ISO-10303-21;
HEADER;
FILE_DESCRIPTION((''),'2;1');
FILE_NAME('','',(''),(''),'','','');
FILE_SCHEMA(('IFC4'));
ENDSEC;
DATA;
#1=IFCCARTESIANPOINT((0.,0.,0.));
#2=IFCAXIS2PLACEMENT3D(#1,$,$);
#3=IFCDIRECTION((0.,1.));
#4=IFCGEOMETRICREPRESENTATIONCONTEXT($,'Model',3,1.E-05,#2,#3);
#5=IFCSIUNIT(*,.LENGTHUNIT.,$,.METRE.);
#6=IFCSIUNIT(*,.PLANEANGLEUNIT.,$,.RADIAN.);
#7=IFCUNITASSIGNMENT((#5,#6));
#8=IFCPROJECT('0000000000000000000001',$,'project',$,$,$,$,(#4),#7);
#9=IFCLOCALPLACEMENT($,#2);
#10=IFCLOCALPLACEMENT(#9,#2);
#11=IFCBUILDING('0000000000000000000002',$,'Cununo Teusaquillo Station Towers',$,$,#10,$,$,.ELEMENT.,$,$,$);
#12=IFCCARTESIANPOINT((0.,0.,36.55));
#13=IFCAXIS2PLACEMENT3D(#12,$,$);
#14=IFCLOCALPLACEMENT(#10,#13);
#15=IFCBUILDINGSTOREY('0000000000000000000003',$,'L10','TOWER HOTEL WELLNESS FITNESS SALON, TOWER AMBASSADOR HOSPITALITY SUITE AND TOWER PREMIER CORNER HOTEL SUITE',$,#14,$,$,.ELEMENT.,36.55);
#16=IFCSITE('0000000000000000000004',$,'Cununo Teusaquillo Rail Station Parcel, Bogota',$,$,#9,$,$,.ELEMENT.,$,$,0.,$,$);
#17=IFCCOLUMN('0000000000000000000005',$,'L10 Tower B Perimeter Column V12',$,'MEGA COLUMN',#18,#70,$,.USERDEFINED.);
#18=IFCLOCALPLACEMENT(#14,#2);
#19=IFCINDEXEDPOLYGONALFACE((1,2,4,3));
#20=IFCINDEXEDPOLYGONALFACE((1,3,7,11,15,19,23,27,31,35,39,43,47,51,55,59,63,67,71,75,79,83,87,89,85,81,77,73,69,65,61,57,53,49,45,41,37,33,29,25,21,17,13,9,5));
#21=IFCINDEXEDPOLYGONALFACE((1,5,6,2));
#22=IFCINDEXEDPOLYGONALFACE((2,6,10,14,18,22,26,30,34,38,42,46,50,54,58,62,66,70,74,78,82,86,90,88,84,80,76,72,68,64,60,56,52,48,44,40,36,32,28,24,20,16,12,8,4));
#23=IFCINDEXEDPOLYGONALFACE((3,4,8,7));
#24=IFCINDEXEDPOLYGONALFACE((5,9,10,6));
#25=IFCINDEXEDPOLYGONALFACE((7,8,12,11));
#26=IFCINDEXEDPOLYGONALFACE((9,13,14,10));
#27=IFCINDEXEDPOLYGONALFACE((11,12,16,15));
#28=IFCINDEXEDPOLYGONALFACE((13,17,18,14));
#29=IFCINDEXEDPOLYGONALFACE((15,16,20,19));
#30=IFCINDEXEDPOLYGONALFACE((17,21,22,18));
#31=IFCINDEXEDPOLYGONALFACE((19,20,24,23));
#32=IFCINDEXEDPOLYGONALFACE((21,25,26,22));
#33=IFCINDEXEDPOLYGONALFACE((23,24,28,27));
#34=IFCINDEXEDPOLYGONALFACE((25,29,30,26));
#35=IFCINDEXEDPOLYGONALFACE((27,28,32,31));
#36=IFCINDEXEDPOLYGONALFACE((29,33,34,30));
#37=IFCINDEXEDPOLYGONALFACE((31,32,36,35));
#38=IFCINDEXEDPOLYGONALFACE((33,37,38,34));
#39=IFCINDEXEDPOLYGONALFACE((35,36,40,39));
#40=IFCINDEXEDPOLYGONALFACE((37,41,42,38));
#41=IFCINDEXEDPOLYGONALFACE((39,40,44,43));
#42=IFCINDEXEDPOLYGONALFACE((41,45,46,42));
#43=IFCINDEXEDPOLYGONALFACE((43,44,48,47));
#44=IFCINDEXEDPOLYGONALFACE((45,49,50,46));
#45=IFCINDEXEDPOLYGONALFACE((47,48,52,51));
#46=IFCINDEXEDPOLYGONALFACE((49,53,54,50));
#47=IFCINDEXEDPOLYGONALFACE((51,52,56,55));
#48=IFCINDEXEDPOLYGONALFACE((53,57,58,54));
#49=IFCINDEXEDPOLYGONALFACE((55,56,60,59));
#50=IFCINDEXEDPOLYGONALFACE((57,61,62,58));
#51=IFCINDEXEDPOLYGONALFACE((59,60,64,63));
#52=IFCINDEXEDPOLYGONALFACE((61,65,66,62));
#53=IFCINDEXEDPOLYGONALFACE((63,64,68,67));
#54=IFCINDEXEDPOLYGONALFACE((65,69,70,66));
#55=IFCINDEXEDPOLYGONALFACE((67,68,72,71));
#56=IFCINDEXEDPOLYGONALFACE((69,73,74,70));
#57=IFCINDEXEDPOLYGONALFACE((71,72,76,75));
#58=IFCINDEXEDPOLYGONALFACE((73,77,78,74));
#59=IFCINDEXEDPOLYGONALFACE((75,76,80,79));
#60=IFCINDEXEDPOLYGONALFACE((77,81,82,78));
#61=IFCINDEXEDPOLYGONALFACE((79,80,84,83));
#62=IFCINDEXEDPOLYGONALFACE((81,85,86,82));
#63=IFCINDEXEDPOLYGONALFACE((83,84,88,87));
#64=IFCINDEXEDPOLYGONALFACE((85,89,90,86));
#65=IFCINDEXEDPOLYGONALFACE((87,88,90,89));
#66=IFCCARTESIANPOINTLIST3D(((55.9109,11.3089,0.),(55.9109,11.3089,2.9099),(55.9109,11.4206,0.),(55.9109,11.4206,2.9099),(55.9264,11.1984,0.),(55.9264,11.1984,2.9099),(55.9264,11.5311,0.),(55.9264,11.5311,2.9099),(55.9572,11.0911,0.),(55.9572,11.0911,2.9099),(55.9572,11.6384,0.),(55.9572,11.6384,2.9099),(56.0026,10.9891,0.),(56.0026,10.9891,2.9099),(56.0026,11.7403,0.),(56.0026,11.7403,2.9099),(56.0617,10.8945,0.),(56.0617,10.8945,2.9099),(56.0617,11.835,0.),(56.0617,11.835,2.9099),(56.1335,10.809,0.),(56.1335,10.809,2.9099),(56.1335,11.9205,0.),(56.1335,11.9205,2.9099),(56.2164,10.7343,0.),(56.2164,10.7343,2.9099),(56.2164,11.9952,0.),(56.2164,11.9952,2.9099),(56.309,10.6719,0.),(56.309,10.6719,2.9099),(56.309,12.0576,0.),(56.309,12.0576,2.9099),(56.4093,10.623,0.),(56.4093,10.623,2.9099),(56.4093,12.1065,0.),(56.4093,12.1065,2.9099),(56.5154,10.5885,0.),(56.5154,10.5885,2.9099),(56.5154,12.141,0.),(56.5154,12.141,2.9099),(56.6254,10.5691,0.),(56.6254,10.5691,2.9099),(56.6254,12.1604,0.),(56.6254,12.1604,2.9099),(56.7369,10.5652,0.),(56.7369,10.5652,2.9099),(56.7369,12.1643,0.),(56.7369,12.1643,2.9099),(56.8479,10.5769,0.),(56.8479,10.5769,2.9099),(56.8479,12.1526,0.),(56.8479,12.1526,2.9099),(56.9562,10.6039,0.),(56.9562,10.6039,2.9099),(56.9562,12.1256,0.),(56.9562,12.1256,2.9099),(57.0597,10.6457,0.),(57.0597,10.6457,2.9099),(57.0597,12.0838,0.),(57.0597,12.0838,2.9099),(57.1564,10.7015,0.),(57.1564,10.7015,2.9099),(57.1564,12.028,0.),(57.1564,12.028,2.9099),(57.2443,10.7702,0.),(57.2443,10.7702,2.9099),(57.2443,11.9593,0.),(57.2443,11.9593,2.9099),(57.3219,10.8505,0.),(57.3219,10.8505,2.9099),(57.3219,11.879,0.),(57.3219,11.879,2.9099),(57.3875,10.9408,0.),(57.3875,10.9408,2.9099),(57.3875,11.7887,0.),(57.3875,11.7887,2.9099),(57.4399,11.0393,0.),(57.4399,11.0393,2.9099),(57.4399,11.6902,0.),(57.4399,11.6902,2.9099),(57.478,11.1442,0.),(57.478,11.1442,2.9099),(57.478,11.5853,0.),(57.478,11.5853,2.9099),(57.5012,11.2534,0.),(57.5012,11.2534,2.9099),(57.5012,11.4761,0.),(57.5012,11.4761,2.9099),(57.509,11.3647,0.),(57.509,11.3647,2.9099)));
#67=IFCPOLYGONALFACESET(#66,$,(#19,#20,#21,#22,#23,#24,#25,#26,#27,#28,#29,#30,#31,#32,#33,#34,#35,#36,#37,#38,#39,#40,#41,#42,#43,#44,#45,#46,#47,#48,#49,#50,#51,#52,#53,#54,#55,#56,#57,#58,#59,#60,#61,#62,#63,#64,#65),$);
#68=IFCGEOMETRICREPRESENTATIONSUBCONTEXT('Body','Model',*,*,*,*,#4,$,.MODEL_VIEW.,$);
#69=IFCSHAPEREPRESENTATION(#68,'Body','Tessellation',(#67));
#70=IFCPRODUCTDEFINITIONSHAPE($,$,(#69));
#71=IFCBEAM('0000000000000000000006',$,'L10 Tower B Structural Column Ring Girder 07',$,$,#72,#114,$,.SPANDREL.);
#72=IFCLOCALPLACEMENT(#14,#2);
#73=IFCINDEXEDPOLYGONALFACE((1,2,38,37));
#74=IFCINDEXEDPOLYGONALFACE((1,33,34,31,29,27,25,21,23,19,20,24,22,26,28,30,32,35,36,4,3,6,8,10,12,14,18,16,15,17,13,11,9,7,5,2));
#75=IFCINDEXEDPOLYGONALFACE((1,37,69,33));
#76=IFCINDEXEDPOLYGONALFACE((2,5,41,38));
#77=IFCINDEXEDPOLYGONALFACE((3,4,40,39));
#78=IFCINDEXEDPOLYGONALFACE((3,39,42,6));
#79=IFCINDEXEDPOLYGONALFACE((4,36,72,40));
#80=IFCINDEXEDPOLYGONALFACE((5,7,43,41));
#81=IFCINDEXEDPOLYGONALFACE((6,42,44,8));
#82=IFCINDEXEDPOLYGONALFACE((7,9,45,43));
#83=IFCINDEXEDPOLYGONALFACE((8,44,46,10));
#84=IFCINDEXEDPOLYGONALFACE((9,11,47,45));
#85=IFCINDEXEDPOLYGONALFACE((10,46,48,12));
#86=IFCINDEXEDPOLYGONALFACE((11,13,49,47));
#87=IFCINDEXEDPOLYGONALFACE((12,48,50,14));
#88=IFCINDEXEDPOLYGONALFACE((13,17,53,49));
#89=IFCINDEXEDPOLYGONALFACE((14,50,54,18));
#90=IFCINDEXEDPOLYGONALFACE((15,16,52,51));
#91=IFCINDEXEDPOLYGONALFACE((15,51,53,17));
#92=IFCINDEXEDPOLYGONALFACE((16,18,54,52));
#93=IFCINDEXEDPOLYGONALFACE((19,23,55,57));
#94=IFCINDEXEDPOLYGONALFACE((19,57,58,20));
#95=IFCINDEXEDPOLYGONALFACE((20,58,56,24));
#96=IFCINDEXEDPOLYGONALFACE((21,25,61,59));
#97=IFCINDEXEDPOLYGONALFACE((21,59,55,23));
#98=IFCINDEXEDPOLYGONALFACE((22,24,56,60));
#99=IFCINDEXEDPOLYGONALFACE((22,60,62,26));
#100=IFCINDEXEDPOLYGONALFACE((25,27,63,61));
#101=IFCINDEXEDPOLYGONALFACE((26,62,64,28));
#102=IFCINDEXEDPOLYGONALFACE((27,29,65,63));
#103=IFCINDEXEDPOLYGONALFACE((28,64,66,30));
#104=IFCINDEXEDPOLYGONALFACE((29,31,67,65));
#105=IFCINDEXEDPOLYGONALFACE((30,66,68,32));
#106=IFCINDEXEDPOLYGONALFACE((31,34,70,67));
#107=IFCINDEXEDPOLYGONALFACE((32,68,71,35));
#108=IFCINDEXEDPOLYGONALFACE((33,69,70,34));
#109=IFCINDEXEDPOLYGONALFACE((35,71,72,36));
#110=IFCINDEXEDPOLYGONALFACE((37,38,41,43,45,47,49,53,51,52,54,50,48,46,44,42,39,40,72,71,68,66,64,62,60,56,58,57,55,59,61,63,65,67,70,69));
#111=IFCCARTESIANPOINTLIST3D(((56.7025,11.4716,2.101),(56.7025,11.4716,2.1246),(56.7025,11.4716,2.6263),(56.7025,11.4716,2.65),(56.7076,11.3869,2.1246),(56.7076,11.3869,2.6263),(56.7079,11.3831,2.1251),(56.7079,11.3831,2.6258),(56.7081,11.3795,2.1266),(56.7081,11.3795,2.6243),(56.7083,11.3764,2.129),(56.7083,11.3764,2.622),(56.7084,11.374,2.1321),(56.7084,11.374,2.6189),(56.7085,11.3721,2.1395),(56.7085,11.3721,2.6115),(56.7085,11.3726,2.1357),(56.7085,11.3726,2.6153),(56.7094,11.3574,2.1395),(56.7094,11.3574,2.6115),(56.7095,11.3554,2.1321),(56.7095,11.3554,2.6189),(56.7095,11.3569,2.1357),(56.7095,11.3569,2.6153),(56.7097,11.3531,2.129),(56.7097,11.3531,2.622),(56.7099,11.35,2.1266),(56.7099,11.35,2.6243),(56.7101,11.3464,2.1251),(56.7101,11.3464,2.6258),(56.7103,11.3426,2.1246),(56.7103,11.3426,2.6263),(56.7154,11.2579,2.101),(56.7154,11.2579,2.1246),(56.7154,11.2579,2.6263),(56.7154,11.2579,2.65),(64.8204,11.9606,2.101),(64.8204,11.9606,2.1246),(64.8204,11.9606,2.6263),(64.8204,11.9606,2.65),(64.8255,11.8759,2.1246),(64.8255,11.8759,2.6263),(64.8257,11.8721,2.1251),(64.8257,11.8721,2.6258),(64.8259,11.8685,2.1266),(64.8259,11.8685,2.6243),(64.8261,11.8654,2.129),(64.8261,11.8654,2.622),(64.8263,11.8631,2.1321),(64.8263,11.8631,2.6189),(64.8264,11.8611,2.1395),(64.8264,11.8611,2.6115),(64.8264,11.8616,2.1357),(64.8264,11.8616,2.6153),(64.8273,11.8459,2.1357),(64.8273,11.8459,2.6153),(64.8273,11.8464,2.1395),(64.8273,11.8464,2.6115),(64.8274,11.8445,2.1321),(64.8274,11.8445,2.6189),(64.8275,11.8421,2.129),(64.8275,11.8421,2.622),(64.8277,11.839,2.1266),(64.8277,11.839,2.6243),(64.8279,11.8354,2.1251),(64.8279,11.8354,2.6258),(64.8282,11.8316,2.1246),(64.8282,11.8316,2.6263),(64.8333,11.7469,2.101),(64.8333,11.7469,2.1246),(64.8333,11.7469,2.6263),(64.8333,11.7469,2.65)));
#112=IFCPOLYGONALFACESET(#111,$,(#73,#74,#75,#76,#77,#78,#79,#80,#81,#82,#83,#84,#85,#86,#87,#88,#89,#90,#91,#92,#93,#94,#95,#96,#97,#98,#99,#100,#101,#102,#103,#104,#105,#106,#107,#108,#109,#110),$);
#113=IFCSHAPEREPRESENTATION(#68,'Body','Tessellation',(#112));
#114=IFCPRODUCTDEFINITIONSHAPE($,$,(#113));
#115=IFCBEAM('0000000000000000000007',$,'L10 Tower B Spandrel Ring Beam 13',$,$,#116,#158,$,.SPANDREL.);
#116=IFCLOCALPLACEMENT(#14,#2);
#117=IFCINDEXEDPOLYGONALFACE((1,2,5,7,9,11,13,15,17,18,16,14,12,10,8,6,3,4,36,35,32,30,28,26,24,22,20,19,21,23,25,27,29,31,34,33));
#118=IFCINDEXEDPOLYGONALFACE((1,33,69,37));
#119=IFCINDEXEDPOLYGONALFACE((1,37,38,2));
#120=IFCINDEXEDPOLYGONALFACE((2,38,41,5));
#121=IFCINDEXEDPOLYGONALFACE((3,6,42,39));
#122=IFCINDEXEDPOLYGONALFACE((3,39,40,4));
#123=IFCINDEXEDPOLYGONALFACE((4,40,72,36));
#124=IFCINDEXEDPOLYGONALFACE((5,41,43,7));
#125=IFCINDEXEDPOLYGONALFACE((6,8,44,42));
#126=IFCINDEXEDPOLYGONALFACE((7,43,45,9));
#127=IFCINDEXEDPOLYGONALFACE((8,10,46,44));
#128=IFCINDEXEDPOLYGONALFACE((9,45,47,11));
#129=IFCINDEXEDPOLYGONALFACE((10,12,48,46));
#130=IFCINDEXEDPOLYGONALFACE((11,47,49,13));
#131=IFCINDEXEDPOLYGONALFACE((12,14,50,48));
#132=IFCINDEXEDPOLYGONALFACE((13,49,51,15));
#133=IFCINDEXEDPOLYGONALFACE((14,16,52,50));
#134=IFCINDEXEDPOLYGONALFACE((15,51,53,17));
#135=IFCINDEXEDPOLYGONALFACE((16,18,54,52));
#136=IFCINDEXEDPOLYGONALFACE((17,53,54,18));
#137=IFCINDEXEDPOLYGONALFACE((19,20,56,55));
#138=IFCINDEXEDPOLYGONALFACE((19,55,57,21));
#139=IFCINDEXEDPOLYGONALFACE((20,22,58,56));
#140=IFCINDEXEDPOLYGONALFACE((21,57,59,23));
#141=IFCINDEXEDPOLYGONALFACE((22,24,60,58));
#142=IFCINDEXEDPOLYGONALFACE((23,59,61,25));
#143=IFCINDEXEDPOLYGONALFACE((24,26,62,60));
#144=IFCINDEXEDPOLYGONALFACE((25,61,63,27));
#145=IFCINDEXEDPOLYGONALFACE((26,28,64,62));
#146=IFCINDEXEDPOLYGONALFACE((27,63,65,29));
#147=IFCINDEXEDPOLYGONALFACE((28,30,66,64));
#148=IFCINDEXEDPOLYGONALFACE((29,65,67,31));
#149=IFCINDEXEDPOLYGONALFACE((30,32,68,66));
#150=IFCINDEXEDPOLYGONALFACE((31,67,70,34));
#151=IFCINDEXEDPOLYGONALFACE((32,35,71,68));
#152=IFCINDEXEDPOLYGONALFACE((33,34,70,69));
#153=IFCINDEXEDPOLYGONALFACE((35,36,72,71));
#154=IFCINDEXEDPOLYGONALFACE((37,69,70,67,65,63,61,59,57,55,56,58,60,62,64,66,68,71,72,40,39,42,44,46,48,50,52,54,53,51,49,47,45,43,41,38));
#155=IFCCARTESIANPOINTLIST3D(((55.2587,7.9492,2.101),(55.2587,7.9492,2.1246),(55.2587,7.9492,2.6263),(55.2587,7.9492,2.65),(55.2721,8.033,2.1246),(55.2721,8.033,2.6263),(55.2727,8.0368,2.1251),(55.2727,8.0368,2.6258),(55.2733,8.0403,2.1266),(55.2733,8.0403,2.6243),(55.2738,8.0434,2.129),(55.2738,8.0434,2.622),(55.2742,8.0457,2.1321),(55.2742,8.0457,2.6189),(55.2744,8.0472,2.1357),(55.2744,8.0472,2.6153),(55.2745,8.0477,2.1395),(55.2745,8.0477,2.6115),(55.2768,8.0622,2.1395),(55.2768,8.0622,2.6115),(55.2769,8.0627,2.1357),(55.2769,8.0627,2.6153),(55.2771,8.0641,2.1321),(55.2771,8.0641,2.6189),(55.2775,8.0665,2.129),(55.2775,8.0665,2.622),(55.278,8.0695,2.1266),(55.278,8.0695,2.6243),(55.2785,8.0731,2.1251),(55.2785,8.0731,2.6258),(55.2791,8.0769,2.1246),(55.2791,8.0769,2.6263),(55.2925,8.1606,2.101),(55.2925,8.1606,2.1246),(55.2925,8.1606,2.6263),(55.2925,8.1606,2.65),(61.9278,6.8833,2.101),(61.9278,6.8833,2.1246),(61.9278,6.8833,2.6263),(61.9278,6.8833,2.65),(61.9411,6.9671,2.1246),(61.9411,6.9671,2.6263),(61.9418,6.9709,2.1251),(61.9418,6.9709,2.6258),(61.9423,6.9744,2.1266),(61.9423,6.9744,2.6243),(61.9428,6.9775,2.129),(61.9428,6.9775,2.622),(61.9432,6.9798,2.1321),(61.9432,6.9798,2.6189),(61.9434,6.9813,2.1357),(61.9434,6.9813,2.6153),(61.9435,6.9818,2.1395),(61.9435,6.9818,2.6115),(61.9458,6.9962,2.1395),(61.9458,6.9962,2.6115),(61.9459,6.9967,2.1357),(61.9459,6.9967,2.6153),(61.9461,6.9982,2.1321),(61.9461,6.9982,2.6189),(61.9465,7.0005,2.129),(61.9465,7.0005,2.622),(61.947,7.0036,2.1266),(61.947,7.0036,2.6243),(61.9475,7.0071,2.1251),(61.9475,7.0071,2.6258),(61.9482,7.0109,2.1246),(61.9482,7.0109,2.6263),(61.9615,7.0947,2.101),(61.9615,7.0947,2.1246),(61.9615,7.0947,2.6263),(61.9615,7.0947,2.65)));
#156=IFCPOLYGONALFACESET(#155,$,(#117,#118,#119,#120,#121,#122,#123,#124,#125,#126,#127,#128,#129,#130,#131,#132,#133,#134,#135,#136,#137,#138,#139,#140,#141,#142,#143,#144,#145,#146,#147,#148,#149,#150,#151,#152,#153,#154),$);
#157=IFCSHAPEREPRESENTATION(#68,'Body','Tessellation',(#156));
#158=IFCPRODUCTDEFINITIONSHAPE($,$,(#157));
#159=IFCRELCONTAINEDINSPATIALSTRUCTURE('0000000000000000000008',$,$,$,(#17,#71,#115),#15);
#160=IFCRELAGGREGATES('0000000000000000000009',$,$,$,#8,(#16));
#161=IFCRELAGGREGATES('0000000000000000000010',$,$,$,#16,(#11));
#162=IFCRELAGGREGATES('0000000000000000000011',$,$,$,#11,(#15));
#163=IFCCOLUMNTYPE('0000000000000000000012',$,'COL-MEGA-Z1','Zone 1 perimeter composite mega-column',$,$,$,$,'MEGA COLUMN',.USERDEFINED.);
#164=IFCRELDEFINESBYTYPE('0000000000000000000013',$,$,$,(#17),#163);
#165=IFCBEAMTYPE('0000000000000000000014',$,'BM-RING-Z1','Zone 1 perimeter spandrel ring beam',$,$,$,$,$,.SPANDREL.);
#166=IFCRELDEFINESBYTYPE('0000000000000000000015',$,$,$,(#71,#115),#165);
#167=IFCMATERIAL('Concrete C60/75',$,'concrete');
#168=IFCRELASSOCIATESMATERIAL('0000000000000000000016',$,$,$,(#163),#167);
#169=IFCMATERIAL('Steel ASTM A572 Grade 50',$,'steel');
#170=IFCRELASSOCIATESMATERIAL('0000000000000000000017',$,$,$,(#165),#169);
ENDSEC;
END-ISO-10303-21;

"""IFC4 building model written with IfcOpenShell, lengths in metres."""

from ifc_helpers import new_model, si_unit, direction, frame, origin, origin_2d, place, context, subcontext, project, spatial, circle, i_section, extrude, material, material_profile, profile_set, type_object, element, save


model = new_model("IFC4")

# Units and contexts
model_context = context("Model", 3, precision=1e-05, world=origin(), true_north=direction((0.0, 1.0)))
body_context = subcontext(model_context, "Body", "Model", "MODEL_VIEW")
ifc_project = project(units=[si_unit("LENGTHUNIT", "METRE"), si_unit("PLANEANGLEUNIT", "RADIAN")], contexts=[model_context])

# Site, building, storey
site_placement = place(None, origin())
site = spatial("IfcSite", under=ifc_project, at=site_placement, Name="Cununo Teusaquillo Rail Station Parcel, Bogota", CompositionType="ELEMENT", RefElevation=0.0)
building_placement = place(site_placement, origin())
building = spatial("IfcBuilding", under=site, at=building_placement, Name="Cununo Teusaquillo Station Towers", CompositionType="ELEMENT")
storey_placement = place(building_placement, frame((0.0, 0.0, 36.55)))
storey = spatial("IfcBuildingStorey", under=building, at=storey_placement, Name="L10", Description="TOWER HOTEL WELLNESS FITNESS SALON, TOWER AMBASSADOR HOSPITALITY SUITE AND TOWER PREMIER CORNER HOTEL SUITE", CompositionType="ELEMENT", Elevation=36.55)

# Column
ifc_material_1 = material(Name="Concrete C60/75", Category="concrete")
ifc_material_profile_1 = material_profile(ifc_material_1, circle(Radius=0.8, at=origin_2d()), Name="RC-CIRC-1600")
ifc_profile_set_1 = profile_set([ifc_material_profile_1], Name="Concrete C60/75")
column_type = type_object("IfcColumnType", Name="COL-MEGA-Z1", Description="Zone 1 perimeter composite mega-column", ElementType="MEGA COLUMN", PredefinedType="USERDEFINED", material=ifc_profile_set_1)
column_placement = place(storey_placement, frame((56.709, 11.3647, 0.0), z_axis=(0.0, 0.0, 1.0), x_axis=(1.0, 0.0, 0.0)))
element("IfcColumn", 1, at=column_placement, inside=storey, type_object=column_type, Name="L10 Tower B Perimeter Column V12", ObjectType="MEGA COLUMN", PredefinedType="USERDEFINED", context=body_context, shape_type="SweptSolid", body=[
    extrude(circle(Radius=0.8, at=origin_2d()), origin(), (0.0, 0.0, 1.0), 2.9099),
])

# Beams
ifc_material_2 = material(Name="Steel ASTM A572 Grade 50", Category="steel")
ifc_material_profile_2 = material_profile(ifc_material_2, i_section(OverallWidth=0.2141, OverallDepth=0.5491, WebThickness=0.0146, FlangeThickness=0.0237, FilletRadius=0.0149, at=origin_2d()), Name="W21X93")
ifc_profile_set_2 = profile_set([ifc_material_profile_2], Name="Steel ASTM A572 Grade 50")
beam_type = type_object("IfcBeamType", Name="BM-RING-Z1", Description="Zone 1 perimeter spandrel ring beam", PredefinedType="SPANDREL", material=ifc_profile_set_2)
beam_1_placement = place(storey_placement, frame((56.709, 11.3647, 2.3755), z_axis=(0.998191, 0.06013, 0.0), x_axis=(-0.06013, 0.998191, 0.0)))
element("IfcBeam", 2, at=beam_1_placement, inside=storey, type_object=beam_type, Name="L10 Tower B Structural Column Ring Girder 07", PredefinedType="SPANDREL", context=body_context, shape_type="SweptSolid", body=[
    extrude(i_section(OverallWidth=0.2141, OverallDepth=0.5491, WebThickness=0.0146, FlangeThickness=0.0237, FilletRadius=0.0149, at=origin_2d()), origin(), (0.0, 0.0, 1.0), 8.1326),
])
beam_2_placement = place(storey_placement, frame((55.2756, 8.0549, 2.3755), z_axis=(0.987466, -0.15783, 0.0), x_axis=(0.15783, 0.987466, 0.0)))
element("IfcBeam", 3, at=beam_2_placement, inside=storey, type_object=beam_type, Name="L10 Tower B Spandrel Ring Beam 13", PredefinedType="SPANDREL", context=body_context, shape_type="SweptSolid", body=[
    extrude(i_section(OverallWidth=0.2141, OverallDepth=0.5491, WebThickness=0.0146, FlangeThickness=0.0237, FilletRadius=0.0149, at=origin_2d()), origin(), (0.0, 0.0, 1.0), 6.7537),
])

save(model, "model.ifc")
